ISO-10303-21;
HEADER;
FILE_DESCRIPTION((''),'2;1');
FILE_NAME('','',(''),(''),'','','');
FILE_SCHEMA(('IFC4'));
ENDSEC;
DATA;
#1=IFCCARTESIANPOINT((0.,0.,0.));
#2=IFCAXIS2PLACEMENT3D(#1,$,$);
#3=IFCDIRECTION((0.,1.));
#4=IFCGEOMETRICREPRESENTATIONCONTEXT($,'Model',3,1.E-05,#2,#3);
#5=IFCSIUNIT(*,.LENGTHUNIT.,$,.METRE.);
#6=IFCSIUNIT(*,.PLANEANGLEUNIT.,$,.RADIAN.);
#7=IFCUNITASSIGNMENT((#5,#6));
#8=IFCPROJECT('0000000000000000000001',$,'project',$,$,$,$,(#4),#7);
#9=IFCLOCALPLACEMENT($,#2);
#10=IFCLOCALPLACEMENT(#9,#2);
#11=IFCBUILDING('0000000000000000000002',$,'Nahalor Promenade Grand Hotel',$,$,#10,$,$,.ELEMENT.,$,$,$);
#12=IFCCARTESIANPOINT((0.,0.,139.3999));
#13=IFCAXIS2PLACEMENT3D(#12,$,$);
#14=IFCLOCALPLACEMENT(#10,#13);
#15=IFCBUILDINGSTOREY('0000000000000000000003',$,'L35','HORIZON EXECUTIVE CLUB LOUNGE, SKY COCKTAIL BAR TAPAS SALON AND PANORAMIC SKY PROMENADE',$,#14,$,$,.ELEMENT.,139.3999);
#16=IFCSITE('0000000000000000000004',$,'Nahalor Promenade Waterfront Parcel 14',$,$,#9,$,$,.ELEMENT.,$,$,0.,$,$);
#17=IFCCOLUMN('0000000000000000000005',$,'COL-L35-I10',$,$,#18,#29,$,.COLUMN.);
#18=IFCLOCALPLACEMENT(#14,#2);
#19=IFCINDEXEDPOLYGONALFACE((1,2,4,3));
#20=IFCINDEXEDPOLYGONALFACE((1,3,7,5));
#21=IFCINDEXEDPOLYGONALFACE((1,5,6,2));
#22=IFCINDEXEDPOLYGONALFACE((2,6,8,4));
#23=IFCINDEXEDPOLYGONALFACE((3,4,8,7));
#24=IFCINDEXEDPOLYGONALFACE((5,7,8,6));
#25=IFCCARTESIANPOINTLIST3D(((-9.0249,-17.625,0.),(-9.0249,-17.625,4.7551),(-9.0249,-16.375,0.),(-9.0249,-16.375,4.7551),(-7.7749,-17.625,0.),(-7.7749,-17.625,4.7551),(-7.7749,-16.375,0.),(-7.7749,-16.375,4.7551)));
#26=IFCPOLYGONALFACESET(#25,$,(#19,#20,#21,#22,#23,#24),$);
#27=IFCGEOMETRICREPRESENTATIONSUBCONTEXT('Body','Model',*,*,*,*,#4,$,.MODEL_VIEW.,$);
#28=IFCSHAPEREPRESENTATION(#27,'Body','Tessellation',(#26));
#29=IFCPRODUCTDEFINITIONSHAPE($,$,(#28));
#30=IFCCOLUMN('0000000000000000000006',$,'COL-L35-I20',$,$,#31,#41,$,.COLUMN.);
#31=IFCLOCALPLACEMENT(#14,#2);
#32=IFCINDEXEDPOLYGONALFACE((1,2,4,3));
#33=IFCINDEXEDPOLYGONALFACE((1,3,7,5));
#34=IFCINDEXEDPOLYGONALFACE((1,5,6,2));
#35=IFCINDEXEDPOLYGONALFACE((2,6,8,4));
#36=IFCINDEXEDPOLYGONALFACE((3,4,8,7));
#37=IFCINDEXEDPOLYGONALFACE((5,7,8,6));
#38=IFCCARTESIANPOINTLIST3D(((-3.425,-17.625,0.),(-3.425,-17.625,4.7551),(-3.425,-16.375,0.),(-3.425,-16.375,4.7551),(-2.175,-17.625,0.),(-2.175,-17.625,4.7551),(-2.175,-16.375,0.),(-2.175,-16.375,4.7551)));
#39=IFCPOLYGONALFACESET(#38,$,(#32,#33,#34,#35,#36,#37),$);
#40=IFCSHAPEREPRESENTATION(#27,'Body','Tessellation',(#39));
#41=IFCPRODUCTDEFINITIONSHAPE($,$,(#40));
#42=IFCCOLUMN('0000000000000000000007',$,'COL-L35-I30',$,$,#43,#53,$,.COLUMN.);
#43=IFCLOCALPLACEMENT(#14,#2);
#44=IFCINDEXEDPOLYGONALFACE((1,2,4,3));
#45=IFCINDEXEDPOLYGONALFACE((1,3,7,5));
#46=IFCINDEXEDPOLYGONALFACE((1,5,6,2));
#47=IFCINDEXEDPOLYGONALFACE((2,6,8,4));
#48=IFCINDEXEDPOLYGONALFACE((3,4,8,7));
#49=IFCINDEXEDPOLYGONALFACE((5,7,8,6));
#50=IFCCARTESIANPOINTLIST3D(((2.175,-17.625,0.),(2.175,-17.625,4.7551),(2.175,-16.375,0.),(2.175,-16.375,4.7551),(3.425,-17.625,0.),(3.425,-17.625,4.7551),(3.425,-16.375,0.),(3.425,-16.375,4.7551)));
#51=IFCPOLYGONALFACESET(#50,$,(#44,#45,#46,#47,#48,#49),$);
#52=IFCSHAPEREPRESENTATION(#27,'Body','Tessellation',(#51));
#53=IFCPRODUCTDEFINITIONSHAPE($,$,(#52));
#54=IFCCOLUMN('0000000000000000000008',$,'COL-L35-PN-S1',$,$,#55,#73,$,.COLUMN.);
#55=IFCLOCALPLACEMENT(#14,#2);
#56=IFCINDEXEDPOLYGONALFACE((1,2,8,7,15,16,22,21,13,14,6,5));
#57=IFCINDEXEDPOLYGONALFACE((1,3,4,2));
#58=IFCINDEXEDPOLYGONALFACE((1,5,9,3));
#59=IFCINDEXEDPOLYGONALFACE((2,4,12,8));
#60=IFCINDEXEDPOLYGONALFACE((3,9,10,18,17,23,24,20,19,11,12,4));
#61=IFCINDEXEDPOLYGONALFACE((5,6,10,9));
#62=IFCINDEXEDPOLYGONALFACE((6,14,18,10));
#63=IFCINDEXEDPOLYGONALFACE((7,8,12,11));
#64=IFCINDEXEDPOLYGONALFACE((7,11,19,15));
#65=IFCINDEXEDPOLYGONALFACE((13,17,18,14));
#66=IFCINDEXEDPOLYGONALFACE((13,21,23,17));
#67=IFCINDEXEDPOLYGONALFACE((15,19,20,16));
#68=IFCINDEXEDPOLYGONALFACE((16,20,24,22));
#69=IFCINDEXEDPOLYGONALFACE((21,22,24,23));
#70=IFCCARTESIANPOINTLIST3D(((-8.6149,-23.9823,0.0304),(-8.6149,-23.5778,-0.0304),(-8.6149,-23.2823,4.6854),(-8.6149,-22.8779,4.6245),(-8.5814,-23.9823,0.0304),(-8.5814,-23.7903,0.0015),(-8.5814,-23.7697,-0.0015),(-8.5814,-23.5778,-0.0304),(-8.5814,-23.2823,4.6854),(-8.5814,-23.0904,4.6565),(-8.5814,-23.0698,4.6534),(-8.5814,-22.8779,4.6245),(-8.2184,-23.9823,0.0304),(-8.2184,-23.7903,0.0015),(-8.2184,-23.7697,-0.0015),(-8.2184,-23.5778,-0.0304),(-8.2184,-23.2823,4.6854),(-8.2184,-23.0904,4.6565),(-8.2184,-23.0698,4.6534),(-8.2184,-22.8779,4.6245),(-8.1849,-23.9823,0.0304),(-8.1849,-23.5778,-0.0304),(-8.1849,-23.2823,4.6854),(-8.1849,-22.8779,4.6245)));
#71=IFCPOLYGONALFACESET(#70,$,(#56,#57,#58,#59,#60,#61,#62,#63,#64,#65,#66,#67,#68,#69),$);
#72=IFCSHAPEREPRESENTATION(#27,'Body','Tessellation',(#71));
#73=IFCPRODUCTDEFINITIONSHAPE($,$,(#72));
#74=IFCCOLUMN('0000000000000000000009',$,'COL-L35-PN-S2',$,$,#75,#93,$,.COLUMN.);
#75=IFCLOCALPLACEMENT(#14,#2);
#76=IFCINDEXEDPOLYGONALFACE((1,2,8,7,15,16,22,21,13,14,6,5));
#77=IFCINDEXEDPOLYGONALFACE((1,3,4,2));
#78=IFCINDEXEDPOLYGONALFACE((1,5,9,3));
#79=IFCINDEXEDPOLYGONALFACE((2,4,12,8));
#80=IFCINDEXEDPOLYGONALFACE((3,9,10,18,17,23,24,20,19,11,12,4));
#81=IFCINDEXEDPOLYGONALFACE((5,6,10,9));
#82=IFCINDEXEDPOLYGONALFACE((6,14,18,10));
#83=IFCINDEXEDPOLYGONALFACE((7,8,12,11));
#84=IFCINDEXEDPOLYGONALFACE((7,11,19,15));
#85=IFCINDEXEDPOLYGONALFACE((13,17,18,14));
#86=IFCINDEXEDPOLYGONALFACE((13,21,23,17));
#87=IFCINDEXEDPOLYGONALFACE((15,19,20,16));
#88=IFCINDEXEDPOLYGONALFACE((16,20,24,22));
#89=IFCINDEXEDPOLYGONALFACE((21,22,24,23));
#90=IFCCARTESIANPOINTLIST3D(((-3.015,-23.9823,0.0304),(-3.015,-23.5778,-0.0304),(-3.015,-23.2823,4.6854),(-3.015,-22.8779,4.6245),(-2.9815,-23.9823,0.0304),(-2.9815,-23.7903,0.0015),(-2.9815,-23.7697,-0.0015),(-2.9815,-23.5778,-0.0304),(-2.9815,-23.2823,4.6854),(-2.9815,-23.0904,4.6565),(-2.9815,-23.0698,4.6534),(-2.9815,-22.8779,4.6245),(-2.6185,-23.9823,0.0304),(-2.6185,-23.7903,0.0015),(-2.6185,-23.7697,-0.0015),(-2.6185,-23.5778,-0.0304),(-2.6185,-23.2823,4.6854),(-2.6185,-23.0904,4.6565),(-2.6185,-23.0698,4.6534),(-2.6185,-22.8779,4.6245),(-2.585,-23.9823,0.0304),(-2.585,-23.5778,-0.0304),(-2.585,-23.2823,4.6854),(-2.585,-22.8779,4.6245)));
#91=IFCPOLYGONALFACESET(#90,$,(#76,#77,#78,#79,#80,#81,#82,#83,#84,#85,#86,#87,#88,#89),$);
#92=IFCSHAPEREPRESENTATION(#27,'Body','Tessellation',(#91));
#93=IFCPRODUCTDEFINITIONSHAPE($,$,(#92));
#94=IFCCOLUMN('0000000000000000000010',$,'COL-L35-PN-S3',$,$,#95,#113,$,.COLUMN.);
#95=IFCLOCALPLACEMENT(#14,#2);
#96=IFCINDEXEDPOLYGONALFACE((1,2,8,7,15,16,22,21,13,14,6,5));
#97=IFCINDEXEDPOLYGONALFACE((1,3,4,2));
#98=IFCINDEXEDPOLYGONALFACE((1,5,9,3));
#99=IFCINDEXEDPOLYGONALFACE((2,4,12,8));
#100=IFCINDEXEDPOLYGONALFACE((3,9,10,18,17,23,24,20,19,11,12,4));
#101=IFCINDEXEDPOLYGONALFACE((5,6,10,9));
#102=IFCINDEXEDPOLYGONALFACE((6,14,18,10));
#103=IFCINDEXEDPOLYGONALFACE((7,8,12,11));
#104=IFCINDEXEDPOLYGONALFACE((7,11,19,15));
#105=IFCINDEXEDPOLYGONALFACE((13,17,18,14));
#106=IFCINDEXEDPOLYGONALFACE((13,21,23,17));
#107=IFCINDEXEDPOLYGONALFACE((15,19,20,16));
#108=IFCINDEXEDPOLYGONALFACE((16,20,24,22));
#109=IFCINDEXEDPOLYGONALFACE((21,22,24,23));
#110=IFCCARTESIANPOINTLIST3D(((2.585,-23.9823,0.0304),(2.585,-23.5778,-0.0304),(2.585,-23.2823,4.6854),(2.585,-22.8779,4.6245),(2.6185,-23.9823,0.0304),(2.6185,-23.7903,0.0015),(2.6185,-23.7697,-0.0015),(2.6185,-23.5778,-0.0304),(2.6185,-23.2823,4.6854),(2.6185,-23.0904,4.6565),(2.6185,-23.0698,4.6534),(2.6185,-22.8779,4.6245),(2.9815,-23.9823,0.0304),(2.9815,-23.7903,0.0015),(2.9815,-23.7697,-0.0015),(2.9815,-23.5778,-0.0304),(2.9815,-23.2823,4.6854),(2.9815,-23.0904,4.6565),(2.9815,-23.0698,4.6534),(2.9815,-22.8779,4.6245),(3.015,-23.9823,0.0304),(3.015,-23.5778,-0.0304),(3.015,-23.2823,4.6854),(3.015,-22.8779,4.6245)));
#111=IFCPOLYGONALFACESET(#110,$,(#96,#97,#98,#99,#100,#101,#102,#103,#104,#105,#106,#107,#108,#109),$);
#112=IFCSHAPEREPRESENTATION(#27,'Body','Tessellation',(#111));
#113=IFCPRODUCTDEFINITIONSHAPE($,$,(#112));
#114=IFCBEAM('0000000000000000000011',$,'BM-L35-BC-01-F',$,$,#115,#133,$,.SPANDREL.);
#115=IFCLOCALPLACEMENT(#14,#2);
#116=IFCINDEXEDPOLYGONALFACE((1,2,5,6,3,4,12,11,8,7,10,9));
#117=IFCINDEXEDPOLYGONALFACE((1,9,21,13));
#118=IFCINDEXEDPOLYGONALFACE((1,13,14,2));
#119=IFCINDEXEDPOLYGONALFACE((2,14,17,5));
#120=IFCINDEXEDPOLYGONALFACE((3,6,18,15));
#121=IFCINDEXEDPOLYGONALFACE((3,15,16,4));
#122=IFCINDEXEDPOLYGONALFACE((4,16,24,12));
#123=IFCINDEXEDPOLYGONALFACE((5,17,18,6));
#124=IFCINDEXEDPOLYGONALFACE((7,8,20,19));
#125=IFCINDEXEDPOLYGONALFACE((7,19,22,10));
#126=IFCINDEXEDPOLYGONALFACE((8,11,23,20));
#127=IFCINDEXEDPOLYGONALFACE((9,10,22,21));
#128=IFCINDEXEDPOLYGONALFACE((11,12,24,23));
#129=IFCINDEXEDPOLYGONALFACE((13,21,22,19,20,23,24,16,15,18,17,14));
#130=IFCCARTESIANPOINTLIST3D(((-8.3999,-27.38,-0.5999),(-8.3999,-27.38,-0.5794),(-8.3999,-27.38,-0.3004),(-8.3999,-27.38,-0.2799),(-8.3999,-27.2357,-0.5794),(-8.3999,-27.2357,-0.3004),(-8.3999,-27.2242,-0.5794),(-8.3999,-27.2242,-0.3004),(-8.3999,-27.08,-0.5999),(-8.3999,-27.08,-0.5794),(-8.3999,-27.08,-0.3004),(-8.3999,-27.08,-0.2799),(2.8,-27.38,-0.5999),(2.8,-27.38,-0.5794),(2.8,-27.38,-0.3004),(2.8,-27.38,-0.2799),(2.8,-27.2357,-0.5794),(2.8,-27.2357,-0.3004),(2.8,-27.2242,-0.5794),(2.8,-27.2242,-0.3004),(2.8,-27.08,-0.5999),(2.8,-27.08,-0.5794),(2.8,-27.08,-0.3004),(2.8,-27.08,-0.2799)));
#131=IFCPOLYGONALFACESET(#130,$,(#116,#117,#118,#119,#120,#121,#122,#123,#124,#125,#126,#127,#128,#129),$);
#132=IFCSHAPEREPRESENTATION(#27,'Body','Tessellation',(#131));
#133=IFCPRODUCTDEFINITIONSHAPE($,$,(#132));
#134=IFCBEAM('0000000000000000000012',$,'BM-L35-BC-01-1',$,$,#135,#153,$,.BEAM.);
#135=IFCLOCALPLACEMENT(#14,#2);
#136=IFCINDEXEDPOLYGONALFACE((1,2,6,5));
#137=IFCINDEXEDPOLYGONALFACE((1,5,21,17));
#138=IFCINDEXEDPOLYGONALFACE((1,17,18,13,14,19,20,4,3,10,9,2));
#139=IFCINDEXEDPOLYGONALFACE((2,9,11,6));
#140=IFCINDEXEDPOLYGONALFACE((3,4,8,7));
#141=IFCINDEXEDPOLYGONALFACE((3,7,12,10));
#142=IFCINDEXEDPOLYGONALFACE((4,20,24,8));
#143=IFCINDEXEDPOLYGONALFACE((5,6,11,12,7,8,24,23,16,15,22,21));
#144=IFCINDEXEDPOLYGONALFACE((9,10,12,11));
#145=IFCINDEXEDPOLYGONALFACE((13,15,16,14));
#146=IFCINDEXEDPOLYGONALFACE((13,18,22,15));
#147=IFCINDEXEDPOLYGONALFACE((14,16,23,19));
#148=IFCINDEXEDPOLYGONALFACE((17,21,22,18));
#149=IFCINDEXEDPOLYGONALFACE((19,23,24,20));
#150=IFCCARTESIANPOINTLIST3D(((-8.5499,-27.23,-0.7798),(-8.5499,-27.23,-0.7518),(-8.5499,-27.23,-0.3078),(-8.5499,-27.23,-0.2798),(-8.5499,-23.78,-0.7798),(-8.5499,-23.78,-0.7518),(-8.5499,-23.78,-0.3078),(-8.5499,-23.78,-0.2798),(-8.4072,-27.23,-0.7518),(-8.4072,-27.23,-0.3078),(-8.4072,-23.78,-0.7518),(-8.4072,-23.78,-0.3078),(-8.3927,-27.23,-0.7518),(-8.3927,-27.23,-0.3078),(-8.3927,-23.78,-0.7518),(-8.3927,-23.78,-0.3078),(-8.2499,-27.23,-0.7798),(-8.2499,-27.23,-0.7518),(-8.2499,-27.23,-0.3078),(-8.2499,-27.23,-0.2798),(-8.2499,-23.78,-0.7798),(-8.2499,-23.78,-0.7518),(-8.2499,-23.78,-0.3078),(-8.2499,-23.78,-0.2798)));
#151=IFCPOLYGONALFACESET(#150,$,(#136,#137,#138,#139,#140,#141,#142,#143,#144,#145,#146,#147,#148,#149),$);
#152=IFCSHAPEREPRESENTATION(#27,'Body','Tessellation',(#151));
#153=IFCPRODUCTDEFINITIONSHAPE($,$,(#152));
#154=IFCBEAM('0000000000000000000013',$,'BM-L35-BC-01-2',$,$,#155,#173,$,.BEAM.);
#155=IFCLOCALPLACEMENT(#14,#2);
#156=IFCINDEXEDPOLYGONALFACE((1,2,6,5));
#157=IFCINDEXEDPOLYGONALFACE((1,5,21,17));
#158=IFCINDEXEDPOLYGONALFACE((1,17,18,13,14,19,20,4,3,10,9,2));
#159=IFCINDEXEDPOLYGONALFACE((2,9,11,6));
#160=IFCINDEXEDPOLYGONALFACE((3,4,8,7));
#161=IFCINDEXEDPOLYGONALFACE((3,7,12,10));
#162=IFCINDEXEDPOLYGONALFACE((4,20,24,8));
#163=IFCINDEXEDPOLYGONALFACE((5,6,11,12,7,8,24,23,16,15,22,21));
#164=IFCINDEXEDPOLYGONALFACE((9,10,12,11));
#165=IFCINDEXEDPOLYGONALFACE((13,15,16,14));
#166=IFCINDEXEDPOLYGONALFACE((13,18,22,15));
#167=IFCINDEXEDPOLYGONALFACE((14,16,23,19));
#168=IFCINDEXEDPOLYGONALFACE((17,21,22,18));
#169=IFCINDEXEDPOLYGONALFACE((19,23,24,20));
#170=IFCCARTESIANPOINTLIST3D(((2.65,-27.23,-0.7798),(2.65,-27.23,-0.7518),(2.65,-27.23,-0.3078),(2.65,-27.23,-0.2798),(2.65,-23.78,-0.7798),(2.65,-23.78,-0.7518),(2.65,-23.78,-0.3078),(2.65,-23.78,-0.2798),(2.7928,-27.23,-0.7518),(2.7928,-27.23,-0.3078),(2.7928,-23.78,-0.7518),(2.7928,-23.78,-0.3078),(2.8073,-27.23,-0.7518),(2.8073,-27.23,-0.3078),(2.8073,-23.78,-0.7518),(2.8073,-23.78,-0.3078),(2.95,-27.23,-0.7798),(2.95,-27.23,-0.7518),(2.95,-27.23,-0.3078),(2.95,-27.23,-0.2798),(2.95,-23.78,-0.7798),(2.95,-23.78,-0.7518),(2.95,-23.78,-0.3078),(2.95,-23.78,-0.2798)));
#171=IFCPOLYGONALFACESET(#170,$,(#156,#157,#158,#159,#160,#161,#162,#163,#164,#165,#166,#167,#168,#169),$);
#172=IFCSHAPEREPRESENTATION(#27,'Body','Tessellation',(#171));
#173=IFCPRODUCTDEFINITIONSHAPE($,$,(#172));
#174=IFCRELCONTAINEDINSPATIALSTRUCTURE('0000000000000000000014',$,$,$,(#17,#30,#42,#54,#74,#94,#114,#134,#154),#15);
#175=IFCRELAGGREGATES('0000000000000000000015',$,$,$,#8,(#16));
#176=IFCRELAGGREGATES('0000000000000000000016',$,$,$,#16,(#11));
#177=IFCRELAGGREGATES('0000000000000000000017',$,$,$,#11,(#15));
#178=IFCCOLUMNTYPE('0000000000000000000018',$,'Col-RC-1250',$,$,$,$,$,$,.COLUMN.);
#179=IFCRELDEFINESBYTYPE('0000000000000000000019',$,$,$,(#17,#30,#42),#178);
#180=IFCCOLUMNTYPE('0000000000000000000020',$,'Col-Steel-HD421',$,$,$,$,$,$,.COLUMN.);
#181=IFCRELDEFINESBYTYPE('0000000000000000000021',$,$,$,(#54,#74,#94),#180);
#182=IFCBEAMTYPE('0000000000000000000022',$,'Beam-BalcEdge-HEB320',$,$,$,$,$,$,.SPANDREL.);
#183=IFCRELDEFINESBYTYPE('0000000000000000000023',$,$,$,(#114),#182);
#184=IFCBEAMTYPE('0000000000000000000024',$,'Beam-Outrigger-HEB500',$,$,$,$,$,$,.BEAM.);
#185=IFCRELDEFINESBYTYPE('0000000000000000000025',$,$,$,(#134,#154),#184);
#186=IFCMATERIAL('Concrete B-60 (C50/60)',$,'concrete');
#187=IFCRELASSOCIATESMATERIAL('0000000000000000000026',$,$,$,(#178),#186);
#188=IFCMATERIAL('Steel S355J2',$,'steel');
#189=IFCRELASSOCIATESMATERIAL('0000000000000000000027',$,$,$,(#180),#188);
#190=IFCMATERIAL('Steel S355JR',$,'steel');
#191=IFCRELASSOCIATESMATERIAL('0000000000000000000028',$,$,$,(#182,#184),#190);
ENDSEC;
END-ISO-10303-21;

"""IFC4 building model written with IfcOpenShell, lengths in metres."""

from ifc_helpers import new_model, si_unit, direction, frame, origin, origin_2d, place, context, subcontext, project, spatial, rectangle, i_section, extrude, source, transform, mapped, material, material_profile, profile_set, type_object, element, save


model = new_model("IFC4")

# Units and contexts
model_context = context("Model", 3, precision=1e-05, world=origin(), true_north=direction((0.0, 1.0)))
body_context = subcontext(model_context, "Body", "Model", "MODEL_VIEW")
ifc_project = project(units=[si_unit("LENGTHUNIT", "METRE"), si_unit("PLANEANGLEUNIT", "RADIAN")], contexts=[model_context])

# Site, building, storey
site_placement = place(None, origin())
site = spatial("IfcSite", under=ifc_project, at=site_placement, Name="Nahalor Promenade Waterfront Parcel 14", CompositionType="ELEMENT", RefElevation=0.0)
building_placement = place(site_placement, origin())
building = spatial("IfcBuilding", under=site, at=building_placement, Name="Nahalor Promenade Grand Hotel", CompositionType="ELEMENT")
storey_placement = place(building_placement, frame((0.0, 0.0, 139.3999)))
storey = spatial("IfcBuildingStorey", under=building, at=storey_placement, Name="L35", Description="HORIZON EXECUTIVE CLUB LOUNGE, SKY COCKTAIL BAR TAPAS SALON AND PANORAMIC SKY PROMENADE", CompositionType="ELEMENT", Elevation=139.3999)

# Columns
ifc_material_1 = material(Name="Concrete B-60 (C50/60)", Category="concrete")
ifc_material_profile_1 = material_profile(ifc_material_1, rectangle(XDim=1.25, YDim=1.25, at=origin_2d()), Name="RC 1250x1250")
ifc_profile_set_1 = profile_set([ifc_material_profile_1], Name="Concrete B-60 (C50/60)")
column_type_1 = type_object("IfcColumnType", Name="Col-RC-1250", PredefinedType="COLUMN", material=ifc_profile_set_1)
shared_shape_1 = source(origin(), body_context, "Body", "SweptSolid", [
    extrude(rectangle(XDim=1.25, YDim=1.25, at=origin_2d()), origin(), (0.0, 0.0, 1.0), 4.7551),
])
for number, where, z_axis, x_axis, name in (
    (1, (-8.3999, -17.0, 0.0), (0.0, 0.0, 1.0), (1.0, 0.0, 0.0), "COL-L35-I10"),
    (2, (-2.8, -17.0, 0.0), (0.0, 0.0, 1.0), (1.0, 0.0, 0.0), "COL-L35-I20"),
    (3, (2.8, -17.0, 0.0), (0.0, 0.0, 1.0), (1.0, 0.0, 0.0), "COL-L35-I30"),
):
    element("IfcColumn", number, at=place(storey_placement, frame(where, z_axis=z_axis, x_axis=x_axis)), inside=storey, type_object=column_type_1, Name=name, PredefinedType="COLUMN", context=body_context, shape_type="MappedRepresentation", body=[
        mapped(shared_shape_1, transform((0.0, 0.0, 0.0), scale=1.0)),
    ])
ifc_material_2 = material(Name="Steel S355J2", Category="steel")
ifc_material_profile_2 = material_profile(ifc_material_2, i_section(OverallWidth=0.409, OverallDepth=0.43, WebThickness=0.0208, FlangeThickness=0.0335, at=origin_2d()), Name="HD 400x421")
ifc_profile_set_2 = profile_set([ifc_material_profile_2], Name="Steel S355J2")
column_type_2 = type_object("IfcColumnType", Name="Col-Steel-HD421", PredefinedType="COLUMN", material=ifc_profile_set_2)
shared_shape_2 = source(origin(), body_context, "Body", "SweptSolid", [
    extrude(i_section(OverallWidth=0.409, OverallDepth=0.43, WebThickness=0.0208, FlangeThickness=0.0335, at=origin_2d()), origin(), (0.0, 0.0, 1.0), 4.7073),
])
for number, where, z_axis, x_axis, name in (
    (4, (-8.3999, -23.78, 0.0), (0.0, 0.148693, 0.988883), (0.0, -0.988883, 0.148693), "COL-L35-PN-S1"),
    (5, (-2.8, -23.78, 0.0), (0.0, 0.148693, 0.988883), (0.0, -0.988883, 0.148693), "COL-L35-PN-S2"),
    (6, (2.8, -23.78, 0.0), (0.0, 0.148693, 0.988883), (0.0, -0.988883, 0.148693), "COL-L35-PN-S3"),
):
    element("IfcColumn", number, at=place(storey_placement, frame(where, z_axis=z_axis, x_axis=x_axis)), inside=storey, type_object=column_type_2, Name=name, PredefinedType="COLUMN", context=body_context, shape_type="MappedRepresentation", body=[
        mapped(shared_shape_2, transform((0.0, 0.0, 0.0), scale=1.0)),
    ])

# Beams
ifc_material_3 = material(Name="Steel S355JR", Category="steel")
ifc_material_profile_3 = material_profile(ifc_material_3, i_section(OverallWidth=0.3, OverallDepth=0.32, WebThickness=0.0115, FlangeThickness=0.0205, at=origin_2d()), Name="HEB 320")
ifc_profile_set_3 = profile_set([ifc_material_profile_3], Name="Steel S355JR")
beam_type_1 = type_object("IfcBeamType", Name="Beam-BalcEdge-HEB320", PredefinedType="SPANDREL", material=ifc_profile_set_3)
shared_shape_3 = source(origin(), body_context, "Body", "SweptSolid", [
    extrude(i_section(OverallWidth=0.3, OverallDepth=0.32, WebThickness=0.0115, FlangeThickness=0.0205, at=origin_2d()), origin(), (0.0, 0.0, 1.0), 11.2),
])
beam_1_placement = place(storey_placement, frame((-8.3999, -27.23, -0.4399), z_axis=(1.0, 0.0, 0.0), x_axis=(0.0, 1.0, 0.0)))
element("IfcBeam", 7, at=beam_1_placement, inside=storey, type_object=beam_type_1, Name="BM-L35-BC-01-F", PredefinedType="SPANDREL", context=body_context, shape_type="MappedRepresentation", body=[
    mapped(shared_shape_3, transform((0.0, 0.0, 0.0), scale=1.0)),
])
ifc_material_profile_4 = material_profile(ifc_material_3, i_section(OverallWidth=0.3, OverallDepth=0.5, WebThickness=0.0145, FlangeThickness=0.028, at=origin_2d()), Name="HEB 500")
ifc_profile_set_4 = profile_set([ifc_material_profile_4], Name="Steel S355JR")
beam_type_2 = type_object("IfcBeamType", Name="Beam-Outrigger-HEB500", PredefinedType="BEAM", material=ifc_profile_set_4)
shared_shape_4 = source(origin(), body_context, "Body", "SweptSolid", [
    extrude(i_section(OverallWidth=0.3, OverallDepth=0.5, WebThickness=0.0145, FlangeThickness=0.028, at=origin_2d()), origin(), (0.0, 0.0, 1.0), 3.45),
])
for number, where, z_axis, x_axis, name in (
    (8, (-8.3999, -27.23, -0.5298), (0.0, 1.0, 0.0), (-1.0, 0.0, 0.0), "BM-L35-BC-01-1"),
    (9, (2.8, -27.23, -0.5298), (0.0, 1.0, 0.0), (-1.0, 0.0, 0.0), "BM-L35-BC-01-2"),
):
    element("IfcBeam", number, at=place(storey_placement, frame(where, z_axis=z_axis, x_axis=x_axis)), inside=storey, type_object=beam_type_2, Name=name, PredefinedType="BEAM", context=body_context, shape_type="MappedRepresentation", body=[
        mapped(shared_shape_4, transform((0.0, 0.0, 0.0), scale=1.0)),
    ])

save(model, "model.ifc")
